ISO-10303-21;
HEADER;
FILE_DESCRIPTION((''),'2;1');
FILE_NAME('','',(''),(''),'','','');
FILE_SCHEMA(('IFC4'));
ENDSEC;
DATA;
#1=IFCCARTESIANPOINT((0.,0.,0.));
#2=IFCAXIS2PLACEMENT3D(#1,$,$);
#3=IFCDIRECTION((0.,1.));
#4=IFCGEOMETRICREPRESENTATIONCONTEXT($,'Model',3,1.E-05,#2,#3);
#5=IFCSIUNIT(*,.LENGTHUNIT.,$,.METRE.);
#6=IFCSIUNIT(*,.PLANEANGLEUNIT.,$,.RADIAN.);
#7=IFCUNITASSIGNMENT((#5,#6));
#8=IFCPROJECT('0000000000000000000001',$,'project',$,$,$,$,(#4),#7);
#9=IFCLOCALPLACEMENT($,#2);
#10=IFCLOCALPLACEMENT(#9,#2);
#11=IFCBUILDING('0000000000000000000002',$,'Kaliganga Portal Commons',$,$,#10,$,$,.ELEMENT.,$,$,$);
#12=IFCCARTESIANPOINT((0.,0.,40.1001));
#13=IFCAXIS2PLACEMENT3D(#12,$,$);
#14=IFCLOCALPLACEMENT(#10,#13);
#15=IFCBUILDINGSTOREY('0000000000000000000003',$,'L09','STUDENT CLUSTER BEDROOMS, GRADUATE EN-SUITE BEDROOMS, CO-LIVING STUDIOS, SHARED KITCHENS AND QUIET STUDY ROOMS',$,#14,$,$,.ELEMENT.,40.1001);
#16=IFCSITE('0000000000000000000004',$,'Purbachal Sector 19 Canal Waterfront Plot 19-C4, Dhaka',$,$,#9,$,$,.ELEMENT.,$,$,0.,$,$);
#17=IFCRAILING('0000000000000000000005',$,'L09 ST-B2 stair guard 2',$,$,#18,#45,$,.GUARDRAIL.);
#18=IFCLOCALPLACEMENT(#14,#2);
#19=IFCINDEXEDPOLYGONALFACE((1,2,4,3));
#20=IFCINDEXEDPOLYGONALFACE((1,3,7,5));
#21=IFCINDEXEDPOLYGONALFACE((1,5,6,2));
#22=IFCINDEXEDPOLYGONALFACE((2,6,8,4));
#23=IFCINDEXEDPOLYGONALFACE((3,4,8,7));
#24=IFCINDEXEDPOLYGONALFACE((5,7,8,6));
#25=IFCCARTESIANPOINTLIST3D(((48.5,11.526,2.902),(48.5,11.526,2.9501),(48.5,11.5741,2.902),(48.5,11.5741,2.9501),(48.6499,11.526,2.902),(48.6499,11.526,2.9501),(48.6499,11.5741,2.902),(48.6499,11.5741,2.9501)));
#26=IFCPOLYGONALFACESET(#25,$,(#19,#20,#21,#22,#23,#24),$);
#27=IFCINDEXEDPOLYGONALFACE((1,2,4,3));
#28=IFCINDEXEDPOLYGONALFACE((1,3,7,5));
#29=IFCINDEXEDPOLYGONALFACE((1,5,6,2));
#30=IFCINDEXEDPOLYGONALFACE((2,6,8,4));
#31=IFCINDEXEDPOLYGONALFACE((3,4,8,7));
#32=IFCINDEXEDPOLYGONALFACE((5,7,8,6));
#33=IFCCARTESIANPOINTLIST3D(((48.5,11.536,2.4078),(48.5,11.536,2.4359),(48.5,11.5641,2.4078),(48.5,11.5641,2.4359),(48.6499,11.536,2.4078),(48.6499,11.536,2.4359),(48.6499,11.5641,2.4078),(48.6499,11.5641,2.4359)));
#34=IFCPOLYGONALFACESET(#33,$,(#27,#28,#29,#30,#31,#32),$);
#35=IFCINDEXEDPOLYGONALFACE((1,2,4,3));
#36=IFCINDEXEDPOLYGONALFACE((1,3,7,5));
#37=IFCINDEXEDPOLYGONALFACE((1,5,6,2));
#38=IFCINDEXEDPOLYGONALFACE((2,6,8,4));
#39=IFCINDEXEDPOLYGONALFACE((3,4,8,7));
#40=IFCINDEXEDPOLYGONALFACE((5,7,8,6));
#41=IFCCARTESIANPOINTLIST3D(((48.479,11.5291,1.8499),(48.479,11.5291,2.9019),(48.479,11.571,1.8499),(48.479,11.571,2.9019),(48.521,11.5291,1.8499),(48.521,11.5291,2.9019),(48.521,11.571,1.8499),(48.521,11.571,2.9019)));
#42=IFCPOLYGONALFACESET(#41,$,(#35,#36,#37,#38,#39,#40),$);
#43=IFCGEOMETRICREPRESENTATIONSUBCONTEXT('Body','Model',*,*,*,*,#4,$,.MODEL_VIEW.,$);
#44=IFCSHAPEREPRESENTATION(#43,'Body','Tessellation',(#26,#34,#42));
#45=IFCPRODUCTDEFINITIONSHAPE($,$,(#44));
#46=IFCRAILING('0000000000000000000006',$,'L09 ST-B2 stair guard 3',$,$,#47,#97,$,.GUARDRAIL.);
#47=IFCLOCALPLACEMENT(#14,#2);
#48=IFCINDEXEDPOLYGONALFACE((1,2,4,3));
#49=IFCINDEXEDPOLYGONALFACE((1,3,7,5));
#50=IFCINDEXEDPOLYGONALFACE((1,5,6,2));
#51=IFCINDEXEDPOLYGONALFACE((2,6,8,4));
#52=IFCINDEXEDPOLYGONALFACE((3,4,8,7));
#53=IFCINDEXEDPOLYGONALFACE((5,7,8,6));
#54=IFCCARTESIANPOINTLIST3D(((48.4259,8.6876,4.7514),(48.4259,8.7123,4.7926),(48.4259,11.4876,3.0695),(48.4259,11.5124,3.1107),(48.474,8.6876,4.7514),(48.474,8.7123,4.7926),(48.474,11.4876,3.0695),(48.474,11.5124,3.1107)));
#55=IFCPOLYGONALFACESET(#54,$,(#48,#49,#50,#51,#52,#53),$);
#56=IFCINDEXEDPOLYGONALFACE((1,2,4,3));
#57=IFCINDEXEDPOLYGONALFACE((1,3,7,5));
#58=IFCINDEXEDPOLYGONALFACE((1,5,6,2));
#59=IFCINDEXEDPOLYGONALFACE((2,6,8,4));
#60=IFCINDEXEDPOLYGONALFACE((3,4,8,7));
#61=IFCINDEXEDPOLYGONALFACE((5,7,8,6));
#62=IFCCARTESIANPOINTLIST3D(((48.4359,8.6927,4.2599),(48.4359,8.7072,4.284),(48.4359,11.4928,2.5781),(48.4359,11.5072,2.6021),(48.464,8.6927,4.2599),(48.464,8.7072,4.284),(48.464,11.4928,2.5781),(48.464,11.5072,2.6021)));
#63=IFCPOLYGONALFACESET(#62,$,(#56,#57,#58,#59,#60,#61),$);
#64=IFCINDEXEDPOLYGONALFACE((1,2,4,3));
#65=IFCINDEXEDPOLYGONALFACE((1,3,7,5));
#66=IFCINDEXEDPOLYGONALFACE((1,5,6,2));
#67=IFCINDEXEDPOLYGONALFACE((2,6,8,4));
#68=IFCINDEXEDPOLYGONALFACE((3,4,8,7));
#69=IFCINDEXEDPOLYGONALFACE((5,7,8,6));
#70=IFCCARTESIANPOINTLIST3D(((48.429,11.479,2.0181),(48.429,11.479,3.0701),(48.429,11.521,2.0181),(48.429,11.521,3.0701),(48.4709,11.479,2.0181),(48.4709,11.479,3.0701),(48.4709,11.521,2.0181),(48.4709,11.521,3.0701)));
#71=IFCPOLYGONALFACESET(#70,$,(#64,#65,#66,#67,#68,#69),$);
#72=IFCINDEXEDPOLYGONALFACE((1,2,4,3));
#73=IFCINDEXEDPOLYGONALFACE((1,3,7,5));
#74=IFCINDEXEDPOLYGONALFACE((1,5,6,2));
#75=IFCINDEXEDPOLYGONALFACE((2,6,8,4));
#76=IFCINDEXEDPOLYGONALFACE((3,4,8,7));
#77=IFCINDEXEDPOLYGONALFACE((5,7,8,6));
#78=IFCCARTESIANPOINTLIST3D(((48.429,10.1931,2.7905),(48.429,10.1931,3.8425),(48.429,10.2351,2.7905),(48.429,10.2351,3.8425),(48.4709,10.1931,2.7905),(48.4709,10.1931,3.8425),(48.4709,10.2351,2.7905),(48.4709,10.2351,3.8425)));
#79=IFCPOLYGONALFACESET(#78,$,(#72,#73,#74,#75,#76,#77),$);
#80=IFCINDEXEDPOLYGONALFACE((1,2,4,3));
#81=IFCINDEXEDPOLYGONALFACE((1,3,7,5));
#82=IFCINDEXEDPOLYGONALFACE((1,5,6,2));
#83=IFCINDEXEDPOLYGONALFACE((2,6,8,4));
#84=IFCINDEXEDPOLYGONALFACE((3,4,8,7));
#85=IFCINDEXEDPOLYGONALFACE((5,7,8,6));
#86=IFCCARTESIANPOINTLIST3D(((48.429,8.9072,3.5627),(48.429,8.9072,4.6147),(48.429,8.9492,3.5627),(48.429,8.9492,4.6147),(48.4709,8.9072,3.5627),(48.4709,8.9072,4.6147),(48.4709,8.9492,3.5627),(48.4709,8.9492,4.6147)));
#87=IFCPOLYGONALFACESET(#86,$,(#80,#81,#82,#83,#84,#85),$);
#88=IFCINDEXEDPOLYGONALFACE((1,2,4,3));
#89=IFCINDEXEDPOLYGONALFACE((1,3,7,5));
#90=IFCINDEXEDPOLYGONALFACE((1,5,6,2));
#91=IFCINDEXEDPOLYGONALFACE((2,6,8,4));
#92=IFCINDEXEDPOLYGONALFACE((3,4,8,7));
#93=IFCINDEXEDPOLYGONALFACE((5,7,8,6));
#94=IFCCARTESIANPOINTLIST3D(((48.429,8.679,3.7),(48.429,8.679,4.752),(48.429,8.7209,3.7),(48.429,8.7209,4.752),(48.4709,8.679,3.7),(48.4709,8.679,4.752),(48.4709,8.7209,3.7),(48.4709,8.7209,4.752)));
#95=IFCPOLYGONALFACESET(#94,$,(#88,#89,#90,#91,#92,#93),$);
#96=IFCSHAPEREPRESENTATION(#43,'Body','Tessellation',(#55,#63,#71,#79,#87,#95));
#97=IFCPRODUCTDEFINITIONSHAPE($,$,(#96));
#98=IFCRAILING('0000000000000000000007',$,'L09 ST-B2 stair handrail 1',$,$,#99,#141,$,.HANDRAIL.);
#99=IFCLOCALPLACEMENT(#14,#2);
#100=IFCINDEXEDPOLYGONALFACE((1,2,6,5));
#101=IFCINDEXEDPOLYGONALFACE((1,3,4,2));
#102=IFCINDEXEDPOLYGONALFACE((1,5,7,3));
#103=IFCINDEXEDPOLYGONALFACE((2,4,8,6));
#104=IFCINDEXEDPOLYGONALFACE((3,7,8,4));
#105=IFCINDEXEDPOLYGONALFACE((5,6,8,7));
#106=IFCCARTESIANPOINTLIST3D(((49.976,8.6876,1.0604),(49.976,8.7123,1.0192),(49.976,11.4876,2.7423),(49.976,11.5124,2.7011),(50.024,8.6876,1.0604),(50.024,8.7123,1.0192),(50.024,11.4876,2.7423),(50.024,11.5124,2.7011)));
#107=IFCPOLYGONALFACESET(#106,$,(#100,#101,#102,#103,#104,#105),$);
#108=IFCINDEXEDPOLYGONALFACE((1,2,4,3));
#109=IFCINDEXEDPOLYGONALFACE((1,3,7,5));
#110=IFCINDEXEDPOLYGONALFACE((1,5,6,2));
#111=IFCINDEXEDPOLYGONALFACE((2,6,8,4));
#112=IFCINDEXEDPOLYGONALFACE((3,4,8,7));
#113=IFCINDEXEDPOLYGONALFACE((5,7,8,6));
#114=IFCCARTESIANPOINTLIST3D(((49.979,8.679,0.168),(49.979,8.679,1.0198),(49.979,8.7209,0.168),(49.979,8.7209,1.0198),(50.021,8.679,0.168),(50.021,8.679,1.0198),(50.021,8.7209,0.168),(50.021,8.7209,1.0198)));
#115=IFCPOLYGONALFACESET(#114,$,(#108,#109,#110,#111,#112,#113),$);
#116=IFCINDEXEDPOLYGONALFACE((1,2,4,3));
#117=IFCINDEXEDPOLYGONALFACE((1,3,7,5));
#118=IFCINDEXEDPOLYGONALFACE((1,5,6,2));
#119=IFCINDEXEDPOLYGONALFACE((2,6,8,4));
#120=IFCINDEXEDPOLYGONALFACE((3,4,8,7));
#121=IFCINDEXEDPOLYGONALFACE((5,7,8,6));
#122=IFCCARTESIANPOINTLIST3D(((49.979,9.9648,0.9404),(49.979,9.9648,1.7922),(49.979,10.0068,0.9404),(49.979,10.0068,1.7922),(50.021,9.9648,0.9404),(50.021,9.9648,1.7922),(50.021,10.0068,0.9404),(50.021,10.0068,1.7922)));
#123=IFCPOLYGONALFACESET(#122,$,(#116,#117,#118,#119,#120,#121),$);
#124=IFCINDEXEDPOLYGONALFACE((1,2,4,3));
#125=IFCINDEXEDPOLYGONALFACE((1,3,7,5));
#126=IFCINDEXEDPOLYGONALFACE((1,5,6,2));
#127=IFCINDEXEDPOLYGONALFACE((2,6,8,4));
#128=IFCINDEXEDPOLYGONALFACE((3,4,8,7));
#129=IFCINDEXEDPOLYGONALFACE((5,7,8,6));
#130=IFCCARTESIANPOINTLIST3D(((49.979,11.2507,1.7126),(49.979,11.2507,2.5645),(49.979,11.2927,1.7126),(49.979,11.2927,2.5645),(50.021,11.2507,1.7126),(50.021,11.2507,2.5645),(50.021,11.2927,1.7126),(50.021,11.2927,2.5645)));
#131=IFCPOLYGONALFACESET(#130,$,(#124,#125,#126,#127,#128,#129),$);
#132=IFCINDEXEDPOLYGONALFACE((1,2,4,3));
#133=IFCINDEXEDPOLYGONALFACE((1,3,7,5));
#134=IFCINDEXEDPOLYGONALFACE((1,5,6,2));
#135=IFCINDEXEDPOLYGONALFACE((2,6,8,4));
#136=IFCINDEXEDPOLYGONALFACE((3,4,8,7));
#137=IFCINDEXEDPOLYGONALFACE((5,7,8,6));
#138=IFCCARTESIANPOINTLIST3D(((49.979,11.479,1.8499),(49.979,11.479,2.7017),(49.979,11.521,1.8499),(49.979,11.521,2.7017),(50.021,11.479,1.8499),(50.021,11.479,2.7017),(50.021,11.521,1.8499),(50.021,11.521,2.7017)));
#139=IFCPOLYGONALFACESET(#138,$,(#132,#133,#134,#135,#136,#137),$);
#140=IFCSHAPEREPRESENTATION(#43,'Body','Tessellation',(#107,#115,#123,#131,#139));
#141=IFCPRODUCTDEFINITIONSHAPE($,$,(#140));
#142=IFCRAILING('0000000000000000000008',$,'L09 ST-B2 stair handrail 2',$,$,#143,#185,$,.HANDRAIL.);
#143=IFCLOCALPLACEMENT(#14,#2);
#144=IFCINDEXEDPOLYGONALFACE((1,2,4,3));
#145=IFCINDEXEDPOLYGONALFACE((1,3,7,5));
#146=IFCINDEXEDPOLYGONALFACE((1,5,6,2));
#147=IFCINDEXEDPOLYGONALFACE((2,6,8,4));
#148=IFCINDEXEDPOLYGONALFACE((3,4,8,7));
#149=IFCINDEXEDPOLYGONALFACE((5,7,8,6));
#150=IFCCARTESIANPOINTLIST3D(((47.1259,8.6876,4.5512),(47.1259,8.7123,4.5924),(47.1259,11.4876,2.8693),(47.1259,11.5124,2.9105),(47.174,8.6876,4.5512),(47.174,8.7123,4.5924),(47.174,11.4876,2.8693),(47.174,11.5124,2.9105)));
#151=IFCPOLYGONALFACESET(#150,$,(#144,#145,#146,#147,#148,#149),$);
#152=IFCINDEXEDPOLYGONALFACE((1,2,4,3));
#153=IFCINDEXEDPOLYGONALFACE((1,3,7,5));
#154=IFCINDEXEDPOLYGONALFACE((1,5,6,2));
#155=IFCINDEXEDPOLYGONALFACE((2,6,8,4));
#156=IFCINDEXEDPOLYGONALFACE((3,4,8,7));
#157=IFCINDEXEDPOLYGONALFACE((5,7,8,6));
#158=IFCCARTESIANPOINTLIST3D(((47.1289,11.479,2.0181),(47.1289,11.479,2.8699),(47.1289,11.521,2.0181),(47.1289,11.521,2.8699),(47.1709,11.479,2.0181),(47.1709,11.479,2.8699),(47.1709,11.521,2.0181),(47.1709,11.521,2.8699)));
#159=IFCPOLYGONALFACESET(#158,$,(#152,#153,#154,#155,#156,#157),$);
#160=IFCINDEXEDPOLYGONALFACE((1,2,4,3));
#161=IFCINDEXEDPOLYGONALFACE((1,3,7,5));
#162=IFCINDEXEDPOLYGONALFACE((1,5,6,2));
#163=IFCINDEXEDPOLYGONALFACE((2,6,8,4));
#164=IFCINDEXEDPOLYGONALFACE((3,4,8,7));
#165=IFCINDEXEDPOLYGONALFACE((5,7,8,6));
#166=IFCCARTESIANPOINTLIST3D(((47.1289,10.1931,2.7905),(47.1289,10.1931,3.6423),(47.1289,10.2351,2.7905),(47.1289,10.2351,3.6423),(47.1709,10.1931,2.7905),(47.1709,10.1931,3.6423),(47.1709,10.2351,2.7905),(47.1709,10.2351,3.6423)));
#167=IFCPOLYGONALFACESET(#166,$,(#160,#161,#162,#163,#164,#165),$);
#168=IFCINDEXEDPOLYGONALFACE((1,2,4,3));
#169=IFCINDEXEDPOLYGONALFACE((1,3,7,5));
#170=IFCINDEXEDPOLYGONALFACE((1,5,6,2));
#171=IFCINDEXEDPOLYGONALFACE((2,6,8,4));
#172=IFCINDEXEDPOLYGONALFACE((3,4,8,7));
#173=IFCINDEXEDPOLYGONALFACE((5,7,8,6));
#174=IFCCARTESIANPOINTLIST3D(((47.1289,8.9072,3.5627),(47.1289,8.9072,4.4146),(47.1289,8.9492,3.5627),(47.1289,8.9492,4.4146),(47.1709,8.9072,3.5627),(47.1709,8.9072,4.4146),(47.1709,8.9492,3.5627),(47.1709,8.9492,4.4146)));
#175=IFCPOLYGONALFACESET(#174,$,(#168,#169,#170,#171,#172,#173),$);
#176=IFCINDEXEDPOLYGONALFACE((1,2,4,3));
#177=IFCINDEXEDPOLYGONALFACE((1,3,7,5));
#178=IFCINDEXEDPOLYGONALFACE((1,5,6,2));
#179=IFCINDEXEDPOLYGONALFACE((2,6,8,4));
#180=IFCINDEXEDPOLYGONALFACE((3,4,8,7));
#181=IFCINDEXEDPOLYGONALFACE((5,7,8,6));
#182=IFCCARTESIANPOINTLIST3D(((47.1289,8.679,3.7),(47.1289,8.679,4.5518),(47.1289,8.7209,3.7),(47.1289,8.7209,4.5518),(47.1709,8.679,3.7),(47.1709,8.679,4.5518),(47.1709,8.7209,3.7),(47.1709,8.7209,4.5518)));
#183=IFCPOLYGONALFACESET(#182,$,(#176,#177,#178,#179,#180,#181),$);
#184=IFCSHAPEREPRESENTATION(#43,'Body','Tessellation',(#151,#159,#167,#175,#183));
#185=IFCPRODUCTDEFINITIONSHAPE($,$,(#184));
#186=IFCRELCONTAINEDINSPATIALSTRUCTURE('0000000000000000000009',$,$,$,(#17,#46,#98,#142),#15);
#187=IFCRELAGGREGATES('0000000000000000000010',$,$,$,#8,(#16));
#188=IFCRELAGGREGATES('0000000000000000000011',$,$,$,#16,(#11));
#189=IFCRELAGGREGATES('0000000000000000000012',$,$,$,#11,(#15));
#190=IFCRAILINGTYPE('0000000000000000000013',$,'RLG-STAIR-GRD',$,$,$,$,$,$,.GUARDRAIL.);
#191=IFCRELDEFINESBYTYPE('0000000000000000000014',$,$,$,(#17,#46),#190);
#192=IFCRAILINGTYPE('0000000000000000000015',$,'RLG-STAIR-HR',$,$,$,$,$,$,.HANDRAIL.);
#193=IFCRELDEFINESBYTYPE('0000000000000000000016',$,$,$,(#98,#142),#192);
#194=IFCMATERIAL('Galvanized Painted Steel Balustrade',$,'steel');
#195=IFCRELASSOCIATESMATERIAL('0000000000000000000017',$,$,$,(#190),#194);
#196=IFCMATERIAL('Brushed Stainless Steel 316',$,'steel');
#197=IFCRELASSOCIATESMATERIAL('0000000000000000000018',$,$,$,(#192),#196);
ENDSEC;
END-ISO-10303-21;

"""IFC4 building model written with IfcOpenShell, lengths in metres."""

from ifc_helpers import new_model, si_unit, direction, frame, origin, origin_2d, place, context, subcontext, project, spatial, rectangle, extrude, material, type_object, element, save


model = new_model("IFC4")

# Units and contexts
model_context = context("Model", 3, precision=1e-05, world=origin(), true_north=direction((0.0, 1.0)))
body_context = subcontext(model_context, "Body", "Model", "MODEL_VIEW")
ifc_project = project(units=[si_unit("LENGTHUNIT", "METRE"), si_unit("PLANEANGLEUNIT", "RADIAN")], contexts=[model_context])

# Site, building, storey
site_placement = place(None, origin())
site = spatial("IfcSite", under=ifc_project, at=site_placement, Name="Purbachal Sector 19 Canal Waterfront Plot 19-C4, Dhaka", CompositionType="ELEMENT", RefElevation=0.0)
building_placement = place(site_placement, origin())
building = spatial("IfcBuilding", under=site, at=building_placement, Name="Kaliganga Portal Commons", CompositionType="ELEMENT")
storey_placement = place(building_placement, frame((0.0, 0.0, 40.1001)))
storey = spatial("IfcBuildingStorey", under=building, at=storey_placement, Name="L09", Description="STUDENT CLUSTER BEDROOMS, GRADUATE EN-SUITE BEDROOMS, CO-LIVING STUDIOS, SHARED KITCHENS AND QUIET STUDY ROOMS", CompositionType="ELEMENT", Elevation=40.1001)

# Railings
ifc_material_1 = material(Name="Galvanized Painted Steel Balustrade", Category="steel")
railing_type_1 = type_object("IfcRailingType", Name="RLG-STAIR-GRD", PredefinedType="GUARDRAIL", material=ifc_material_1)
railing_1_placement = place(storey_placement, frame((48.6499, 11.55, 1.8499)))
element("IfcRailing", 1, at=railing_1_placement, inside=storey, type_object=railing_type_1, Name="L09 ST-B2 stair guard 2", PredefinedType="GUARDRAIL", context=body_context, shape_type="SweptSolid", body=[
    extrude(rectangle(XDim=0.0481, YDim=0.0481, at=origin_2d()), frame((0.0, 0.0, 1.0762), z_axis=(-1.0, 0.0, 0.0), x_axis=(0.0, -1.0, 0.0)), (0.0, 0.0, 1.0), 0.1499),
    extrude(rectangle(XDim=0.0281, YDim=0.0281, at=origin_2d()), frame((0.0, 0.0, 0.572), z_axis=(-1.0, 0.0, 0.0), x_axis=(0.0, -1.0, 0.0)), (0.0, 0.0, 1.0), 0.1499),
    extrude(rectangle(XDim=0.042, YDim=0.042, at=origin_2d()), frame((-0.1499, 0.0, 0.0)), (0.0, 0.0, 1.0), 1.052),
])
railing_2_placement = place(storey_placement, frame((48.45, 11.5, 2.0181)))
element("IfcRailing", 2, at=railing_2_placement, inside=storey, type_object=railing_type_1, Name="L09 ST-B2 stair guard 3", PredefinedType="GUARDRAIL", context=body_context, shape_type="SweptSolid", body=[
    extrude(rectangle(XDim=0.0481, YDim=0.0481, at=origin_2d()), frame((0.0, 0.0, 1.072), z_axis=(0.0, -0.857242, 0.514913), x_axis=(1.0, 0.0, 0.0)), (0.0, 0.0, 1.0), 3.2664),
    extrude(rectangle(XDim=0.0281, YDim=0.0281, at=origin_2d()), frame((0.0, 0.0, 0.572), z_axis=(0.0, -0.857242, 0.514913), x_axis=(1.0, 0.0, 0.0)), (0.0, 0.0, 1.0), 3.2664),
    extrude(rectangle(XDim=0.042, YDim=0.042, at=origin_2d()), origin(), (0.0, 0.0, 1.0), 1.052),
    extrude(rectangle(XDim=0.042, YDim=0.042, at=origin_2d()), frame((0.0, -1.2859, 0.7725)), (0.0, 0.0, 1.0), 1.052),
    extrude(rectangle(XDim=0.042, YDim=0.042, at=origin_2d()), frame((0.0, -2.5718, 1.5447)), (0.0, 0.0, 1.0), 1.052),
    extrude(rectangle(XDim=0.042, YDim=0.042, at=origin_2d()), frame((0.0, -2.8, 1.6819)), (0.0, 0.0, 1.0), 1.052),
])
ifc_material_2 = material(Name="Brushed Stainless Steel 316", Category="steel")
railing_type_2 = type_object("IfcRailingType", Name="RLG-STAIR-HR", PredefinedType="HANDRAIL", material=ifc_material_2)
railing_3_placement = place(storey_placement, frame((50.0, 8.7, 0.168)))
element("IfcRailing", 3, at=railing_3_placement, inside=storey, type_object=railing_type_2, Name="L09 ST-B2 stair handrail 1", PredefinedType="HANDRAIL", context=body_context, shape_type="SweptSolid", body=[
    extrude(rectangle(XDim=0.0481, YDim=0.0481, at=origin_2d()), frame((0.0, 0.0, 0.8718), z_axis=(0.0, 0.857242, 0.514913), x_axis=(-1.0, 0.0, 0.0)), (0.0, 0.0, 1.0), 3.2664),
    extrude(rectangle(XDim=0.042, YDim=0.042, at=origin_2d()), origin(), (0.0, 0.0, 1.0), 0.8518),
    extrude(rectangle(XDim=0.042, YDim=0.042, at=origin_2d()), frame((0.0, 1.2859, 0.7725)), (0.0, 0.0, 1.0), 0.8518),
    extrude(rectangle(XDim=0.042, YDim=0.042, at=origin_2d()), frame((0.0, 2.5718, 1.5447)), (0.0, 0.0, 1.0), 0.8518),
    extrude(rectangle(XDim=0.042, YDim=0.042, at=origin_2d()), frame((0.0, 2.8, 1.6819)), (0.0, 0.0, 1.0), 0.8518),
])
railing_4_placement = place(storey_placement, frame((47.1499, 11.5, 2.0181)))
element("IfcRailing", 4, at=railing_4_placement, inside=storey, type_object=railing_type_2, Name="L09 ST-B2 stair handrail 2", PredefinedType="HANDRAIL", context=body_context, shape_type="SweptSolid", body=[
    extrude(rectangle(XDim=0.0481, YDim=0.0481, at=origin_2d()), frame((0.0, 0.0, 0.8718), z_axis=(0.0, -0.857242, 0.514913), x_axis=(1.0, 0.0, 0.0)), (0.0, 0.0, 1.0), 3.2664),
    extrude(rectangle(XDim=0.042, YDim=0.042, at=origin_2d()), origin(), (0.0, 0.0, 1.0), 0.8518),
    extrude(rectangle(XDim=0.042, YDim=0.042, at=origin_2d()), frame((0.0, -1.2859, 0.7725)), (0.0, 0.0, 1.0), 0.8518),
    extrude(rectangle(XDim=0.042, YDim=0.042, at=origin_2d()), frame((0.0, -2.5718, 1.5447)), (0.0, 0.0, 1.0), 0.8518),
    extrude(rectangle(XDim=0.042, YDim=0.042, at=origin_2d()), frame((0.0, -2.8, 1.6819)), (0.0, 0.0, 1.0), 0.8518),
])

save(model, "model.ifc")
